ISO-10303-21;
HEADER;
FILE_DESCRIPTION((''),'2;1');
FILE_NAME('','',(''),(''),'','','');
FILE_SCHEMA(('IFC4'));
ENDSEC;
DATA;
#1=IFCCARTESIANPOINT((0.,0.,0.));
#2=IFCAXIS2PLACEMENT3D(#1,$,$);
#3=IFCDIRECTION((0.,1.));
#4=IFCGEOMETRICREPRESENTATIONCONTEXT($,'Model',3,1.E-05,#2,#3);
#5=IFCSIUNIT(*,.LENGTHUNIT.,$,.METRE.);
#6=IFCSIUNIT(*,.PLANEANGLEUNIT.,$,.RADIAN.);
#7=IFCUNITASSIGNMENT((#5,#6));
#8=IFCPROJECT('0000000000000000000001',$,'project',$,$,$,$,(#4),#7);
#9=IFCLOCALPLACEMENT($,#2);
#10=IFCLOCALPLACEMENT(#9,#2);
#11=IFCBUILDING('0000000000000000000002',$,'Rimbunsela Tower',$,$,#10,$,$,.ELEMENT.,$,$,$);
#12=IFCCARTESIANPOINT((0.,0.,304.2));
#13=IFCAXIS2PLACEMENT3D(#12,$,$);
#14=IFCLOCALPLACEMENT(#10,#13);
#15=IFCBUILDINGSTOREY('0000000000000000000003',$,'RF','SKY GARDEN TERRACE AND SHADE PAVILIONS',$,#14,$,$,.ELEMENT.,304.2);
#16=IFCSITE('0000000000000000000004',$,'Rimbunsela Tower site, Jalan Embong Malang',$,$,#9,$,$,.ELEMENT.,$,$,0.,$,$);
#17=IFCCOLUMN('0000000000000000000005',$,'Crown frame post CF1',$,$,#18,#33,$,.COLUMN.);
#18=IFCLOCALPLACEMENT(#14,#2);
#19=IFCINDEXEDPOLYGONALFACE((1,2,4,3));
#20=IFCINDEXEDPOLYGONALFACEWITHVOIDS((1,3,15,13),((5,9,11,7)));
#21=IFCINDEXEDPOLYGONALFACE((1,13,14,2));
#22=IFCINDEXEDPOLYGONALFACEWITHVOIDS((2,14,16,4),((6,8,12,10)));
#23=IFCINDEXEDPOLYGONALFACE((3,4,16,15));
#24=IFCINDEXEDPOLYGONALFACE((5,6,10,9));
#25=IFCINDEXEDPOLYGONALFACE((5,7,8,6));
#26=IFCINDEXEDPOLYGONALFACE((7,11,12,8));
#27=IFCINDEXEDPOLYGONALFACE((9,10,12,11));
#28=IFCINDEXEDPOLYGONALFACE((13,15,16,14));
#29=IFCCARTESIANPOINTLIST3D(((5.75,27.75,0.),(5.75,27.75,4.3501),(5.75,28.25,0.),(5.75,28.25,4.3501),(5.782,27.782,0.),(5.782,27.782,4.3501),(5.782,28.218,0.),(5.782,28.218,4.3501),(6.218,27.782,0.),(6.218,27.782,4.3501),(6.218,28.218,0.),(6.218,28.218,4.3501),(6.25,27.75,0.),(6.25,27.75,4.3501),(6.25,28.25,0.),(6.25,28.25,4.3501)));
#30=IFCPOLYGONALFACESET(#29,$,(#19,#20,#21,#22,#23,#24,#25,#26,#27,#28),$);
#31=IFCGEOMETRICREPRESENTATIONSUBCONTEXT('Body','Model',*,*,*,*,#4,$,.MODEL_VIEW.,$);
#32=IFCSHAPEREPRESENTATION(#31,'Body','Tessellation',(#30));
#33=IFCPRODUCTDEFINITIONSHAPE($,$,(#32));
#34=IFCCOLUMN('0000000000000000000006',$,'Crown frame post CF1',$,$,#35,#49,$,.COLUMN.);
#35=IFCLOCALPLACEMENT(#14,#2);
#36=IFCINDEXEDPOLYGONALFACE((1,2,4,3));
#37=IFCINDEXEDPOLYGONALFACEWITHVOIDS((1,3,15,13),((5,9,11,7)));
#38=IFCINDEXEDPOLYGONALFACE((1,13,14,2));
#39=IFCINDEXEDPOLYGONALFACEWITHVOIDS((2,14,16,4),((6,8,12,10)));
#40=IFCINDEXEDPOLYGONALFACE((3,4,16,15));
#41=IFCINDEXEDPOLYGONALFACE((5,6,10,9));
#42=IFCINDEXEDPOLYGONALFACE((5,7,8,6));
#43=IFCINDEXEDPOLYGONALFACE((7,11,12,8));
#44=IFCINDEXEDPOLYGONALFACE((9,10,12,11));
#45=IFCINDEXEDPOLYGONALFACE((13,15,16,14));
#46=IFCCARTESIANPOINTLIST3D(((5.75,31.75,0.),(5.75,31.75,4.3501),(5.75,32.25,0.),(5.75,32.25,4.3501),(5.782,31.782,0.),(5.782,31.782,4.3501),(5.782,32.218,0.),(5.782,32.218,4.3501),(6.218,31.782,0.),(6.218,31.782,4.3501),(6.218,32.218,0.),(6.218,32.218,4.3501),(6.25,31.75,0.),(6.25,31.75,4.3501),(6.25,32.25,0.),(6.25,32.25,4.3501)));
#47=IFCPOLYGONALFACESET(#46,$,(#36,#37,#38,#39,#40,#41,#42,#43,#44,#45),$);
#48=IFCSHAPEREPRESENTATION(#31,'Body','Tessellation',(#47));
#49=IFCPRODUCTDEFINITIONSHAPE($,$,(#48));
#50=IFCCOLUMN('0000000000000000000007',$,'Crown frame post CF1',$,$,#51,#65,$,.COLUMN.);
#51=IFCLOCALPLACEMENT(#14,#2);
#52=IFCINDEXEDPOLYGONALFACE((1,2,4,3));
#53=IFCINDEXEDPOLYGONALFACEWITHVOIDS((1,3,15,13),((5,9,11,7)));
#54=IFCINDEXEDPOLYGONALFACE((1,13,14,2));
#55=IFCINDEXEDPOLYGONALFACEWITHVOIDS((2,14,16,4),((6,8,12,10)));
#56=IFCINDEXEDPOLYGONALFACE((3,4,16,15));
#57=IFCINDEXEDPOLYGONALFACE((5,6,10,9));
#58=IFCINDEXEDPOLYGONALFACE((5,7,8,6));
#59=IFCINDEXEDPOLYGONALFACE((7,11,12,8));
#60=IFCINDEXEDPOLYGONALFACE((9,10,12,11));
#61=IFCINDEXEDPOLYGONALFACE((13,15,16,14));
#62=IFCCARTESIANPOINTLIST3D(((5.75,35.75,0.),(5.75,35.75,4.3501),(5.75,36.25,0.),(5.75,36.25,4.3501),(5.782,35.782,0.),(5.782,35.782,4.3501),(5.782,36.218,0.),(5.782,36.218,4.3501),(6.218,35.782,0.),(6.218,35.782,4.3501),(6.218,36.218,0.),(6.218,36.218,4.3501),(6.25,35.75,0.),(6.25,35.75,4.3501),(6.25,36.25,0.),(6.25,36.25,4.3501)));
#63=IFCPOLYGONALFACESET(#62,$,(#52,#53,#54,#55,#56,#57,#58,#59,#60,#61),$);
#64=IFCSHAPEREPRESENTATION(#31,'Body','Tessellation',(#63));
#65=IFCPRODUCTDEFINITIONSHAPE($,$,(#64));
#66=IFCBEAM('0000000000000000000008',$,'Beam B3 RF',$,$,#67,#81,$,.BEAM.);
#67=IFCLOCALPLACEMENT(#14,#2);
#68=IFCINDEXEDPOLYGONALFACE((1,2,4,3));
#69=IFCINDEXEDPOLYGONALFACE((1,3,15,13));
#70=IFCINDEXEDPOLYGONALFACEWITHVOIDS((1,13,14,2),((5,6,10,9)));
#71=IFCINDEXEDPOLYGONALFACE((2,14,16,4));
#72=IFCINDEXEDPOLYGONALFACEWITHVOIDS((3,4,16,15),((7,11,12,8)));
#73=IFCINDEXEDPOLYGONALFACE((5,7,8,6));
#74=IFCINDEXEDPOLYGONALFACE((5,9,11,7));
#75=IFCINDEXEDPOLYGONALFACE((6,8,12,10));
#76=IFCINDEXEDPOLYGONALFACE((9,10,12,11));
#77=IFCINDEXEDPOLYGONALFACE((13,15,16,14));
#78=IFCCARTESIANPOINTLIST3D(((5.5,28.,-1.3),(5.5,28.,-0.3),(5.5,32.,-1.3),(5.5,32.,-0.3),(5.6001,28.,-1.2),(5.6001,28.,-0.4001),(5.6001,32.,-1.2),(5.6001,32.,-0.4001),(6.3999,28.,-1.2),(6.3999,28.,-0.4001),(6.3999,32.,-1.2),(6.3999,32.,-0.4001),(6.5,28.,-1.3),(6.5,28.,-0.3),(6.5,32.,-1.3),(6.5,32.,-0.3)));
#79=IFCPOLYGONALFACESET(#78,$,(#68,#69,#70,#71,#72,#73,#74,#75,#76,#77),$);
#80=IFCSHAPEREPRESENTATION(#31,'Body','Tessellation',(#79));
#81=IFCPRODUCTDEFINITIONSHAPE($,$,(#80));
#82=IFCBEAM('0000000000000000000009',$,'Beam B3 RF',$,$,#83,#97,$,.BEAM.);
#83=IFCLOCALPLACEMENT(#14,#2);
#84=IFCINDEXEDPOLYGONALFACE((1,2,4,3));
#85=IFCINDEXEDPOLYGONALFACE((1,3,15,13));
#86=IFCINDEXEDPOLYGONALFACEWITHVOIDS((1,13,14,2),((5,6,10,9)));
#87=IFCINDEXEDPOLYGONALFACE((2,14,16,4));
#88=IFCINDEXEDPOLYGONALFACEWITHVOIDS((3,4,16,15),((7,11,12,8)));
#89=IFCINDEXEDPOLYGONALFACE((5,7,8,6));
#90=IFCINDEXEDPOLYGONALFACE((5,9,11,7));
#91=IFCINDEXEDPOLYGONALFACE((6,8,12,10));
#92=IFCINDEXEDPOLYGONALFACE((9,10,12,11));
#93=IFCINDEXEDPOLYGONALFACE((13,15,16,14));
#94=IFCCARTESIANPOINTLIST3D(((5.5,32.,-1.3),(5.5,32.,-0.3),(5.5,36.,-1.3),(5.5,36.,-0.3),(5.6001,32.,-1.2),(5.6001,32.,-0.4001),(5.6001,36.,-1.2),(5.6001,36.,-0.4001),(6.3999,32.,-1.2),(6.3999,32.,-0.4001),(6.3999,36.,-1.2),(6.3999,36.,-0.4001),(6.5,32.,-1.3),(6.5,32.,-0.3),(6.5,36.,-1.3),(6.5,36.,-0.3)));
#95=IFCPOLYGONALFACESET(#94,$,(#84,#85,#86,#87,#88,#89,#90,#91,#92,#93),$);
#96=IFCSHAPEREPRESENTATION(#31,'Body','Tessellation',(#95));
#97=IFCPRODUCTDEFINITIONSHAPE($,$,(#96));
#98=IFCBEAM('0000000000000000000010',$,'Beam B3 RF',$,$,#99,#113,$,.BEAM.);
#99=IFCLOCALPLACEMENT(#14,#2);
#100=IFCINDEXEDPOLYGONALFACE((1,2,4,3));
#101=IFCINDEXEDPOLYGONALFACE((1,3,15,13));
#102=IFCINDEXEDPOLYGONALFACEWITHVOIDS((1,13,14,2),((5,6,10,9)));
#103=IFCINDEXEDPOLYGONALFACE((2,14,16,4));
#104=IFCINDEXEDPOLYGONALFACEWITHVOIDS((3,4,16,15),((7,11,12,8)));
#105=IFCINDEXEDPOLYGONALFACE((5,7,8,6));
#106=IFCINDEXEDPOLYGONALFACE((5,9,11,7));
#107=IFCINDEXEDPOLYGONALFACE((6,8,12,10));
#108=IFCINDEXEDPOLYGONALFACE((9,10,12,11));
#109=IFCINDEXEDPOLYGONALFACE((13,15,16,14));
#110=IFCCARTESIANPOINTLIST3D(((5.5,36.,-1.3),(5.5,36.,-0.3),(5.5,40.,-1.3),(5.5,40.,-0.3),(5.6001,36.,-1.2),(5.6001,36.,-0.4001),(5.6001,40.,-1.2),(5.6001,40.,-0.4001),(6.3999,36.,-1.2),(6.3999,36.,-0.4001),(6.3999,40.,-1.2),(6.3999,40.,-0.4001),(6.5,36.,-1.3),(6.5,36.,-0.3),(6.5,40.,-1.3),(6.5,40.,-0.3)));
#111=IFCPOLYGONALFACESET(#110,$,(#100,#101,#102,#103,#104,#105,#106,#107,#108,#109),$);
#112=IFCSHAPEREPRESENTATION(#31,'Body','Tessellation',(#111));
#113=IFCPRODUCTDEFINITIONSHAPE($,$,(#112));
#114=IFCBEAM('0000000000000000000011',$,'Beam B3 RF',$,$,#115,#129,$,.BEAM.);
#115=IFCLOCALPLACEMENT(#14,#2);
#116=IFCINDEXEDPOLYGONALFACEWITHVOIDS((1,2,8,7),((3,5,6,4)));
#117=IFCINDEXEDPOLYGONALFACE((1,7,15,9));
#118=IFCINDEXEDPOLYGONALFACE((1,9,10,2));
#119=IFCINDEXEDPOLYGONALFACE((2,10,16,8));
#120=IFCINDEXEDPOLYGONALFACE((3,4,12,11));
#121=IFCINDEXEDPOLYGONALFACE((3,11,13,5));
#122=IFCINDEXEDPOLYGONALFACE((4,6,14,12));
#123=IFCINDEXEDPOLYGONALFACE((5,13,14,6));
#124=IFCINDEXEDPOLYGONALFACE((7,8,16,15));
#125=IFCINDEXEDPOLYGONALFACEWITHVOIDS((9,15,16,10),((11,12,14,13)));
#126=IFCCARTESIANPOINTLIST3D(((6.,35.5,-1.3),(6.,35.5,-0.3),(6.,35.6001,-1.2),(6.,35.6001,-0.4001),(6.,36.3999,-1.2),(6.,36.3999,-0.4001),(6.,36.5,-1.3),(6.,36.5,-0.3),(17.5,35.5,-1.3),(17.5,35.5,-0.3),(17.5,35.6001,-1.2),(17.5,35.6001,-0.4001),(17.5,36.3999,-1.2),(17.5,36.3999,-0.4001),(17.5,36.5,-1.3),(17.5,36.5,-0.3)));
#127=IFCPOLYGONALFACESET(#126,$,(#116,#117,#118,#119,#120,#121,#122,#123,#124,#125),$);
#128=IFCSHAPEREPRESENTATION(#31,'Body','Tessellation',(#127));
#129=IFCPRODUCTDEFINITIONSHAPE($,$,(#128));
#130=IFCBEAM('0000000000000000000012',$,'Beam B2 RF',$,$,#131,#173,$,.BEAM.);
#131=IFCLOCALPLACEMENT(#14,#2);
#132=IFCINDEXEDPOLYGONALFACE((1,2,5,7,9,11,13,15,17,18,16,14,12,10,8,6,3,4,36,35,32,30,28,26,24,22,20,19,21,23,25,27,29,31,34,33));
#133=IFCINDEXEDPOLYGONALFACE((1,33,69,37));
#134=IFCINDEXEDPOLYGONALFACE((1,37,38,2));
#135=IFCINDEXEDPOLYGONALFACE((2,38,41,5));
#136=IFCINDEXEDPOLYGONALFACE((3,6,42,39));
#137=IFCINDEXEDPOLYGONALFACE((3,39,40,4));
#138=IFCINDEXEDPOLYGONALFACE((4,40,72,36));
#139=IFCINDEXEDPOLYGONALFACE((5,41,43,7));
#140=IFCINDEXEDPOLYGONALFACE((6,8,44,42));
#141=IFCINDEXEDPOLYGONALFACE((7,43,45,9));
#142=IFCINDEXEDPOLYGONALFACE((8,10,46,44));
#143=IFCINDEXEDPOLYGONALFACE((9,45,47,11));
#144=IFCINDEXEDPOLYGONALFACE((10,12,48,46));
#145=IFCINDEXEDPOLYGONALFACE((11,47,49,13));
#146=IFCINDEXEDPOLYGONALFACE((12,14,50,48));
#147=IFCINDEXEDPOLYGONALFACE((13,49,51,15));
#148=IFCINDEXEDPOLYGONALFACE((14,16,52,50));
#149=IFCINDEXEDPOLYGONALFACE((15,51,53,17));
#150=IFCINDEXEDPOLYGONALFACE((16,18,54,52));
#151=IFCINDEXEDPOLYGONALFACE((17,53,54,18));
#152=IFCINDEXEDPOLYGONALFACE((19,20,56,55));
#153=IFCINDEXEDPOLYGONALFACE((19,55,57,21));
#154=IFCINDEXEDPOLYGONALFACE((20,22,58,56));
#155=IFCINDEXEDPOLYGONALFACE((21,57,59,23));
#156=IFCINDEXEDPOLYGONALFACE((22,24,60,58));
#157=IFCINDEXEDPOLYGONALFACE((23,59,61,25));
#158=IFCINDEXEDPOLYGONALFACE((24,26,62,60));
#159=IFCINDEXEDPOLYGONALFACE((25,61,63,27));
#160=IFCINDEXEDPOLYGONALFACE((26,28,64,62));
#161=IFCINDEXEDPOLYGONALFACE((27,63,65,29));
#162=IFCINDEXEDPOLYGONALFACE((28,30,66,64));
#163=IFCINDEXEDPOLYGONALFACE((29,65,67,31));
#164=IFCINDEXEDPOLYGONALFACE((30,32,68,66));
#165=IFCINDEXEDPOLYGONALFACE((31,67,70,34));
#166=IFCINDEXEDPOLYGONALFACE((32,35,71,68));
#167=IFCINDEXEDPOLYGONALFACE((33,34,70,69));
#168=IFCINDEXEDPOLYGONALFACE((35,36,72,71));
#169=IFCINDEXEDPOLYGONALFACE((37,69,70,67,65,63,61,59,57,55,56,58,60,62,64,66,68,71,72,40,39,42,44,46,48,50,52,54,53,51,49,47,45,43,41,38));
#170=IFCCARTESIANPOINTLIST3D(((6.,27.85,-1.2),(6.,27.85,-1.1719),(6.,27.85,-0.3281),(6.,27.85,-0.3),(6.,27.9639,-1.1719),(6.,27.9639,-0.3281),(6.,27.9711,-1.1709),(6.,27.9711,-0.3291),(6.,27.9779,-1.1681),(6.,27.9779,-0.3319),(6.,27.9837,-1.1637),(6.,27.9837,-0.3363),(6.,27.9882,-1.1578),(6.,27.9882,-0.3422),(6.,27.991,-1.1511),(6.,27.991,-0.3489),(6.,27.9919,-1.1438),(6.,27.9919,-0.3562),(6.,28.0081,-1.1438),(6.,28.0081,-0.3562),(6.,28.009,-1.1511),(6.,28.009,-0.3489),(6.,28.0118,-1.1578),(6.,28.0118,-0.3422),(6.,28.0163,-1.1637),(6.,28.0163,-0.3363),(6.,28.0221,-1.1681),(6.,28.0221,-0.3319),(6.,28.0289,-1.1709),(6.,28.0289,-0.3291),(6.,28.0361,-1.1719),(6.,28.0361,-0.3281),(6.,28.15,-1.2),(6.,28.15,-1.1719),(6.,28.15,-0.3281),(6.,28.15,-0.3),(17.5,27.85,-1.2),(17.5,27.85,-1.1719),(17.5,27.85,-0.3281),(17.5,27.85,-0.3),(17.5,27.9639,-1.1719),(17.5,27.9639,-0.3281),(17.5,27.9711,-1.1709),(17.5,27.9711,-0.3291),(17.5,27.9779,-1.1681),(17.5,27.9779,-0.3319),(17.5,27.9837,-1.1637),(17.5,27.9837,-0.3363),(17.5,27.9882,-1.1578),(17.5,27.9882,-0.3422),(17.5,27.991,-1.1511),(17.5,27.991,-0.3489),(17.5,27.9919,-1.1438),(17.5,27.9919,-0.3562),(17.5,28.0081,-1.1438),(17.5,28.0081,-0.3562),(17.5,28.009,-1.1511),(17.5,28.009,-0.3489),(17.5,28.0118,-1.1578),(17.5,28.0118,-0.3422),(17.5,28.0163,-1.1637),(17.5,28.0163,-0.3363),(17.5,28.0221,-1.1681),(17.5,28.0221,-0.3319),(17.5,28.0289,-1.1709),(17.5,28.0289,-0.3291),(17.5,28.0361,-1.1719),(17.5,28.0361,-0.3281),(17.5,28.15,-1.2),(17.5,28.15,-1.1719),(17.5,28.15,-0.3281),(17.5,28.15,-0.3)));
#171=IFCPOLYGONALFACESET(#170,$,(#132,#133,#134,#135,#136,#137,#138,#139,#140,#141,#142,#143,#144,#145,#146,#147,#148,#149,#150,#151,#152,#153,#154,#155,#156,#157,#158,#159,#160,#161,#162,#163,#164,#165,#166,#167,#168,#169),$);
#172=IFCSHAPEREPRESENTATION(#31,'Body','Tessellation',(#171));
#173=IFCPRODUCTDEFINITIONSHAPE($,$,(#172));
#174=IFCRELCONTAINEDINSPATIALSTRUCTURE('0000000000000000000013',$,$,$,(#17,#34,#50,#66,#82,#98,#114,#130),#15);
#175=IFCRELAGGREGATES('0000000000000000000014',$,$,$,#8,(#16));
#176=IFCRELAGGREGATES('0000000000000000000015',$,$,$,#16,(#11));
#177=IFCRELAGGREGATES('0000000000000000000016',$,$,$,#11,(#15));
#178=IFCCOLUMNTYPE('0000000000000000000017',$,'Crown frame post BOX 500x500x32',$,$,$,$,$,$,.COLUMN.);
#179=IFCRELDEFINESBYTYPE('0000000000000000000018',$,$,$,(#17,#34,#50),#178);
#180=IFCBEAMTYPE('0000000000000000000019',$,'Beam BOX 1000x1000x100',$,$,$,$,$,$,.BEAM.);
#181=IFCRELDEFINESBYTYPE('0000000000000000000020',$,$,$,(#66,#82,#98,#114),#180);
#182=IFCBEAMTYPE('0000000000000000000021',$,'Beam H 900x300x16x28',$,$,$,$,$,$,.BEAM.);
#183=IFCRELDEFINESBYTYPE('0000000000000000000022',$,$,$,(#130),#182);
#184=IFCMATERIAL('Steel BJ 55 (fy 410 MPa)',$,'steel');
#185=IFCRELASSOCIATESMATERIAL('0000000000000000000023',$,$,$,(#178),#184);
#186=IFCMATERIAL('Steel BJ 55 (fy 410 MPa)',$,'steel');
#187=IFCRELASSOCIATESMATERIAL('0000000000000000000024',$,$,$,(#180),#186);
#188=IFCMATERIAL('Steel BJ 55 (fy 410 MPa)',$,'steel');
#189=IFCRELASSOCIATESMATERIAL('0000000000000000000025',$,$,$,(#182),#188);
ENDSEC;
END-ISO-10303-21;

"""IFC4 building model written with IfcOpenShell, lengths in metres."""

from ifc_helpers import new_model, si_unit, direction, frame, origin, origin_2d, place, context, subcontext, project, spatial, hollow_rectangle, i_section, extrude, material, material_profile, profile_set, type_object, element, save


model = new_model("IFC4")

# Units and contexts
model_context = context("Model", 3, precision=1e-05, world=origin(), true_north=direction((0.0, 1.0)))
body_context = subcontext(model_context, "Body", "Model", "MODEL_VIEW")
ifc_project = project(units=[si_unit("LENGTHUNIT", "METRE"), si_unit("PLANEANGLEUNIT", "RADIAN")], contexts=[model_context])

# Site, building, storey
site_placement = place(None, origin())
site = spatial("IfcSite", under=ifc_project, at=site_placement, Name="Rimbunsela Tower site, Jalan Embong Malang", CompositionType="ELEMENT", RefElevation=0.0)
building_placement = place(site_placement, origin())
building = spatial("IfcBuilding", under=site, at=building_placement, Name="Rimbunsela Tower", CompositionType="ELEMENT")
storey_placement = place(building_placement, frame((0.0, 0.0, 304.2)))
storey = spatial("IfcBuildingStorey", under=building, at=storey_placement, Name="RF", Description="SKY GARDEN TERRACE AND SHADE PAVILIONS", CompositionType="ELEMENT", Elevation=304.2)

# Columns
ifc_material_1 = material(Name="Steel BJ 55 (fy 410 MPa)", Category="steel")
ifc_material_profile_1 = material_profile(ifc_material_1, hollow_rectangle(XDim=0.5, YDim=0.5, WallThickness=0.032, at=origin_2d()), Name="BOX 500x500x32")
ifc_profile_set_1 = profile_set([ifc_material_profile_1], Name="Steel BJ 55 (fy 410 MPa)")
column_type = type_object("IfcColumnType", Name="Crown frame post BOX 500x500x32", PredefinedType="COLUMN", material=ifc_profile_set_1)
for number, where, z_axis, x_axis, name in (
    (1, (6.0, 28.0, 0.0), (0.0, 0.0, 1.0), (1.0, 0.0, 0.0), "Crown frame post CF1"),
    (2, (6.0, 32.0, 0.0), (0.0, 0.0, 1.0), (1.0, 0.0, 0.0), "Crown frame post CF1"),
    (3, (6.0, 36.0, 0.0), (0.0, 0.0, 1.0), (1.0, 0.0, 0.0), "Crown frame post CF1"),
):
    element("IfcColumn", number, at=place(storey_placement, frame(where, z_axis=z_axis, x_axis=x_axis)), inside=storey, type_object=column_type, Name=name, PredefinedType="COLUMN", context=body_context, shape_type="SweptSolid", body=[
        extrude(hollow_rectangle(XDim=0.5, YDim=0.5, WallThickness=0.032, at=origin_2d()), origin(), (0.0, 0.0, 1.0), 4.3501),
    ])

# Beams
ifc_material_2 = material(Name="Steel BJ 55 (fy 410 MPa)", Category="steel")
ifc_material_profile_2 = material_profile(ifc_material_2, hollow_rectangle(XDim=1.0, YDim=1.0, WallThickness=0.1001, at=origin_2d()), Name="BOX 1000x1000x100")
ifc_profile_set_2 = profile_set([ifc_material_profile_2], Name="Steel BJ 55 (fy 410 MPa)")
beam_type_1 = type_object("IfcBeamType", Name="Beam BOX 1000x1000x100", PredefinedType="BEAM", material=ifc_profile_set_2)
for number, where, z_axis, x_axis, name in (
    (4, (6.0, 28.0, -0.8), (0.0, 1.0, 0.0), (-1.0, 0.0, 0.0), "Beam B3 RF"),
    (5, (6.0, 32.0, -0.8), (0.0, 1.0, 0.0), (-1.0, 0.0, 0.0), "Beam B3 RF"),
    (6, (6.0, 36.0, -0.8), (0.0, 1.0, 0.0), (-1.0, 0.0, 0.0), "Beam B3 RF"),
):
    element("IfcBeam", number, at=place(storey_placement, frame(where, z_axis=z_axis, x_axis=x_axis)), inside=storey, type_object=beam_type_1, Name=name, PredefinedType="BEAM", context=body_context, shape_type="SweptSolid", body=[
        extrude(hollow_rectangle(XDim=1.0, YDim=1.0, WallThickness=0.1001, at=origin_2d()), origin(), (0.0, 0.0, 1.0), 4.0),
    ])
beam_placement = place(storey_placement, frame((6.0, 36.0, -0.8), z_axis=(1.0, 0.0, 0.0), x_axis=(0.0, 1.0, 0.0)))
element("IfcBeam", 7, at=beam_placement, inside=storey, type_object=beam_type_1, Name="Beam B3 RF", PredefinedType="BEAM", context=body_context, shape_type="SweptSolid", body=[
    extrude(hollow_rectangle(XDim=1.0, YDim=1.0, WallThickness=0.1001, at=origin_2d()), origin(), (0.0, 0.0, 1.0), 11.5),
])
ifc_material_3 = material(Name="Steel BJ 55 (fy 410 MPa)", Category="steel")
ifc_material_profile_3 = material_profile(ifc_material_3, i_section(OverallWidth=0.3, OverallDepth=0.8999, WebThickness=0.0161, FlangeThickness=0.0281, FilletRadius=0.0281, at=origin_2d()), Name="H 900x300x16x28")
ifc_profile_set_3 = profile_set([ifc_material_profile_3], Name="Steel BJ 55 (fy 410 MPa)")
beam_type_2 = type_object("IfcBeamType", Name="Beam H 900x300x16x28", PredefinedType="BEAM", material=ifc_profile_set_3)
for number, where, z_axis, x_axis, name in (
    (8, (6.0, 28.0, -0.75), (1.0, 0.0, 0.0), (0.0, 1.0, 0.0), "Beam B2 RF"),
):
    element("IfcBeam", number, at=place(storey_placement, frame(where, z_axis=z_axis, x_axis=x_axis)), inside=storey, type_object=beam_type_2, Name=name, PredefinedType="BEAM", context=body_context, shape_type="SweptSolid", body=[
        extrude(i_section(OverallWidth=0.3, OverallDepth=0.8999, WebThickness=0.0161, FlangeThickness=0.0281, FilletRadius=0.0281, at=origin_2d()), origin(), (0.0, 0.0, 1.0), 11.5),
    ])

save(model, "model.ifc")
